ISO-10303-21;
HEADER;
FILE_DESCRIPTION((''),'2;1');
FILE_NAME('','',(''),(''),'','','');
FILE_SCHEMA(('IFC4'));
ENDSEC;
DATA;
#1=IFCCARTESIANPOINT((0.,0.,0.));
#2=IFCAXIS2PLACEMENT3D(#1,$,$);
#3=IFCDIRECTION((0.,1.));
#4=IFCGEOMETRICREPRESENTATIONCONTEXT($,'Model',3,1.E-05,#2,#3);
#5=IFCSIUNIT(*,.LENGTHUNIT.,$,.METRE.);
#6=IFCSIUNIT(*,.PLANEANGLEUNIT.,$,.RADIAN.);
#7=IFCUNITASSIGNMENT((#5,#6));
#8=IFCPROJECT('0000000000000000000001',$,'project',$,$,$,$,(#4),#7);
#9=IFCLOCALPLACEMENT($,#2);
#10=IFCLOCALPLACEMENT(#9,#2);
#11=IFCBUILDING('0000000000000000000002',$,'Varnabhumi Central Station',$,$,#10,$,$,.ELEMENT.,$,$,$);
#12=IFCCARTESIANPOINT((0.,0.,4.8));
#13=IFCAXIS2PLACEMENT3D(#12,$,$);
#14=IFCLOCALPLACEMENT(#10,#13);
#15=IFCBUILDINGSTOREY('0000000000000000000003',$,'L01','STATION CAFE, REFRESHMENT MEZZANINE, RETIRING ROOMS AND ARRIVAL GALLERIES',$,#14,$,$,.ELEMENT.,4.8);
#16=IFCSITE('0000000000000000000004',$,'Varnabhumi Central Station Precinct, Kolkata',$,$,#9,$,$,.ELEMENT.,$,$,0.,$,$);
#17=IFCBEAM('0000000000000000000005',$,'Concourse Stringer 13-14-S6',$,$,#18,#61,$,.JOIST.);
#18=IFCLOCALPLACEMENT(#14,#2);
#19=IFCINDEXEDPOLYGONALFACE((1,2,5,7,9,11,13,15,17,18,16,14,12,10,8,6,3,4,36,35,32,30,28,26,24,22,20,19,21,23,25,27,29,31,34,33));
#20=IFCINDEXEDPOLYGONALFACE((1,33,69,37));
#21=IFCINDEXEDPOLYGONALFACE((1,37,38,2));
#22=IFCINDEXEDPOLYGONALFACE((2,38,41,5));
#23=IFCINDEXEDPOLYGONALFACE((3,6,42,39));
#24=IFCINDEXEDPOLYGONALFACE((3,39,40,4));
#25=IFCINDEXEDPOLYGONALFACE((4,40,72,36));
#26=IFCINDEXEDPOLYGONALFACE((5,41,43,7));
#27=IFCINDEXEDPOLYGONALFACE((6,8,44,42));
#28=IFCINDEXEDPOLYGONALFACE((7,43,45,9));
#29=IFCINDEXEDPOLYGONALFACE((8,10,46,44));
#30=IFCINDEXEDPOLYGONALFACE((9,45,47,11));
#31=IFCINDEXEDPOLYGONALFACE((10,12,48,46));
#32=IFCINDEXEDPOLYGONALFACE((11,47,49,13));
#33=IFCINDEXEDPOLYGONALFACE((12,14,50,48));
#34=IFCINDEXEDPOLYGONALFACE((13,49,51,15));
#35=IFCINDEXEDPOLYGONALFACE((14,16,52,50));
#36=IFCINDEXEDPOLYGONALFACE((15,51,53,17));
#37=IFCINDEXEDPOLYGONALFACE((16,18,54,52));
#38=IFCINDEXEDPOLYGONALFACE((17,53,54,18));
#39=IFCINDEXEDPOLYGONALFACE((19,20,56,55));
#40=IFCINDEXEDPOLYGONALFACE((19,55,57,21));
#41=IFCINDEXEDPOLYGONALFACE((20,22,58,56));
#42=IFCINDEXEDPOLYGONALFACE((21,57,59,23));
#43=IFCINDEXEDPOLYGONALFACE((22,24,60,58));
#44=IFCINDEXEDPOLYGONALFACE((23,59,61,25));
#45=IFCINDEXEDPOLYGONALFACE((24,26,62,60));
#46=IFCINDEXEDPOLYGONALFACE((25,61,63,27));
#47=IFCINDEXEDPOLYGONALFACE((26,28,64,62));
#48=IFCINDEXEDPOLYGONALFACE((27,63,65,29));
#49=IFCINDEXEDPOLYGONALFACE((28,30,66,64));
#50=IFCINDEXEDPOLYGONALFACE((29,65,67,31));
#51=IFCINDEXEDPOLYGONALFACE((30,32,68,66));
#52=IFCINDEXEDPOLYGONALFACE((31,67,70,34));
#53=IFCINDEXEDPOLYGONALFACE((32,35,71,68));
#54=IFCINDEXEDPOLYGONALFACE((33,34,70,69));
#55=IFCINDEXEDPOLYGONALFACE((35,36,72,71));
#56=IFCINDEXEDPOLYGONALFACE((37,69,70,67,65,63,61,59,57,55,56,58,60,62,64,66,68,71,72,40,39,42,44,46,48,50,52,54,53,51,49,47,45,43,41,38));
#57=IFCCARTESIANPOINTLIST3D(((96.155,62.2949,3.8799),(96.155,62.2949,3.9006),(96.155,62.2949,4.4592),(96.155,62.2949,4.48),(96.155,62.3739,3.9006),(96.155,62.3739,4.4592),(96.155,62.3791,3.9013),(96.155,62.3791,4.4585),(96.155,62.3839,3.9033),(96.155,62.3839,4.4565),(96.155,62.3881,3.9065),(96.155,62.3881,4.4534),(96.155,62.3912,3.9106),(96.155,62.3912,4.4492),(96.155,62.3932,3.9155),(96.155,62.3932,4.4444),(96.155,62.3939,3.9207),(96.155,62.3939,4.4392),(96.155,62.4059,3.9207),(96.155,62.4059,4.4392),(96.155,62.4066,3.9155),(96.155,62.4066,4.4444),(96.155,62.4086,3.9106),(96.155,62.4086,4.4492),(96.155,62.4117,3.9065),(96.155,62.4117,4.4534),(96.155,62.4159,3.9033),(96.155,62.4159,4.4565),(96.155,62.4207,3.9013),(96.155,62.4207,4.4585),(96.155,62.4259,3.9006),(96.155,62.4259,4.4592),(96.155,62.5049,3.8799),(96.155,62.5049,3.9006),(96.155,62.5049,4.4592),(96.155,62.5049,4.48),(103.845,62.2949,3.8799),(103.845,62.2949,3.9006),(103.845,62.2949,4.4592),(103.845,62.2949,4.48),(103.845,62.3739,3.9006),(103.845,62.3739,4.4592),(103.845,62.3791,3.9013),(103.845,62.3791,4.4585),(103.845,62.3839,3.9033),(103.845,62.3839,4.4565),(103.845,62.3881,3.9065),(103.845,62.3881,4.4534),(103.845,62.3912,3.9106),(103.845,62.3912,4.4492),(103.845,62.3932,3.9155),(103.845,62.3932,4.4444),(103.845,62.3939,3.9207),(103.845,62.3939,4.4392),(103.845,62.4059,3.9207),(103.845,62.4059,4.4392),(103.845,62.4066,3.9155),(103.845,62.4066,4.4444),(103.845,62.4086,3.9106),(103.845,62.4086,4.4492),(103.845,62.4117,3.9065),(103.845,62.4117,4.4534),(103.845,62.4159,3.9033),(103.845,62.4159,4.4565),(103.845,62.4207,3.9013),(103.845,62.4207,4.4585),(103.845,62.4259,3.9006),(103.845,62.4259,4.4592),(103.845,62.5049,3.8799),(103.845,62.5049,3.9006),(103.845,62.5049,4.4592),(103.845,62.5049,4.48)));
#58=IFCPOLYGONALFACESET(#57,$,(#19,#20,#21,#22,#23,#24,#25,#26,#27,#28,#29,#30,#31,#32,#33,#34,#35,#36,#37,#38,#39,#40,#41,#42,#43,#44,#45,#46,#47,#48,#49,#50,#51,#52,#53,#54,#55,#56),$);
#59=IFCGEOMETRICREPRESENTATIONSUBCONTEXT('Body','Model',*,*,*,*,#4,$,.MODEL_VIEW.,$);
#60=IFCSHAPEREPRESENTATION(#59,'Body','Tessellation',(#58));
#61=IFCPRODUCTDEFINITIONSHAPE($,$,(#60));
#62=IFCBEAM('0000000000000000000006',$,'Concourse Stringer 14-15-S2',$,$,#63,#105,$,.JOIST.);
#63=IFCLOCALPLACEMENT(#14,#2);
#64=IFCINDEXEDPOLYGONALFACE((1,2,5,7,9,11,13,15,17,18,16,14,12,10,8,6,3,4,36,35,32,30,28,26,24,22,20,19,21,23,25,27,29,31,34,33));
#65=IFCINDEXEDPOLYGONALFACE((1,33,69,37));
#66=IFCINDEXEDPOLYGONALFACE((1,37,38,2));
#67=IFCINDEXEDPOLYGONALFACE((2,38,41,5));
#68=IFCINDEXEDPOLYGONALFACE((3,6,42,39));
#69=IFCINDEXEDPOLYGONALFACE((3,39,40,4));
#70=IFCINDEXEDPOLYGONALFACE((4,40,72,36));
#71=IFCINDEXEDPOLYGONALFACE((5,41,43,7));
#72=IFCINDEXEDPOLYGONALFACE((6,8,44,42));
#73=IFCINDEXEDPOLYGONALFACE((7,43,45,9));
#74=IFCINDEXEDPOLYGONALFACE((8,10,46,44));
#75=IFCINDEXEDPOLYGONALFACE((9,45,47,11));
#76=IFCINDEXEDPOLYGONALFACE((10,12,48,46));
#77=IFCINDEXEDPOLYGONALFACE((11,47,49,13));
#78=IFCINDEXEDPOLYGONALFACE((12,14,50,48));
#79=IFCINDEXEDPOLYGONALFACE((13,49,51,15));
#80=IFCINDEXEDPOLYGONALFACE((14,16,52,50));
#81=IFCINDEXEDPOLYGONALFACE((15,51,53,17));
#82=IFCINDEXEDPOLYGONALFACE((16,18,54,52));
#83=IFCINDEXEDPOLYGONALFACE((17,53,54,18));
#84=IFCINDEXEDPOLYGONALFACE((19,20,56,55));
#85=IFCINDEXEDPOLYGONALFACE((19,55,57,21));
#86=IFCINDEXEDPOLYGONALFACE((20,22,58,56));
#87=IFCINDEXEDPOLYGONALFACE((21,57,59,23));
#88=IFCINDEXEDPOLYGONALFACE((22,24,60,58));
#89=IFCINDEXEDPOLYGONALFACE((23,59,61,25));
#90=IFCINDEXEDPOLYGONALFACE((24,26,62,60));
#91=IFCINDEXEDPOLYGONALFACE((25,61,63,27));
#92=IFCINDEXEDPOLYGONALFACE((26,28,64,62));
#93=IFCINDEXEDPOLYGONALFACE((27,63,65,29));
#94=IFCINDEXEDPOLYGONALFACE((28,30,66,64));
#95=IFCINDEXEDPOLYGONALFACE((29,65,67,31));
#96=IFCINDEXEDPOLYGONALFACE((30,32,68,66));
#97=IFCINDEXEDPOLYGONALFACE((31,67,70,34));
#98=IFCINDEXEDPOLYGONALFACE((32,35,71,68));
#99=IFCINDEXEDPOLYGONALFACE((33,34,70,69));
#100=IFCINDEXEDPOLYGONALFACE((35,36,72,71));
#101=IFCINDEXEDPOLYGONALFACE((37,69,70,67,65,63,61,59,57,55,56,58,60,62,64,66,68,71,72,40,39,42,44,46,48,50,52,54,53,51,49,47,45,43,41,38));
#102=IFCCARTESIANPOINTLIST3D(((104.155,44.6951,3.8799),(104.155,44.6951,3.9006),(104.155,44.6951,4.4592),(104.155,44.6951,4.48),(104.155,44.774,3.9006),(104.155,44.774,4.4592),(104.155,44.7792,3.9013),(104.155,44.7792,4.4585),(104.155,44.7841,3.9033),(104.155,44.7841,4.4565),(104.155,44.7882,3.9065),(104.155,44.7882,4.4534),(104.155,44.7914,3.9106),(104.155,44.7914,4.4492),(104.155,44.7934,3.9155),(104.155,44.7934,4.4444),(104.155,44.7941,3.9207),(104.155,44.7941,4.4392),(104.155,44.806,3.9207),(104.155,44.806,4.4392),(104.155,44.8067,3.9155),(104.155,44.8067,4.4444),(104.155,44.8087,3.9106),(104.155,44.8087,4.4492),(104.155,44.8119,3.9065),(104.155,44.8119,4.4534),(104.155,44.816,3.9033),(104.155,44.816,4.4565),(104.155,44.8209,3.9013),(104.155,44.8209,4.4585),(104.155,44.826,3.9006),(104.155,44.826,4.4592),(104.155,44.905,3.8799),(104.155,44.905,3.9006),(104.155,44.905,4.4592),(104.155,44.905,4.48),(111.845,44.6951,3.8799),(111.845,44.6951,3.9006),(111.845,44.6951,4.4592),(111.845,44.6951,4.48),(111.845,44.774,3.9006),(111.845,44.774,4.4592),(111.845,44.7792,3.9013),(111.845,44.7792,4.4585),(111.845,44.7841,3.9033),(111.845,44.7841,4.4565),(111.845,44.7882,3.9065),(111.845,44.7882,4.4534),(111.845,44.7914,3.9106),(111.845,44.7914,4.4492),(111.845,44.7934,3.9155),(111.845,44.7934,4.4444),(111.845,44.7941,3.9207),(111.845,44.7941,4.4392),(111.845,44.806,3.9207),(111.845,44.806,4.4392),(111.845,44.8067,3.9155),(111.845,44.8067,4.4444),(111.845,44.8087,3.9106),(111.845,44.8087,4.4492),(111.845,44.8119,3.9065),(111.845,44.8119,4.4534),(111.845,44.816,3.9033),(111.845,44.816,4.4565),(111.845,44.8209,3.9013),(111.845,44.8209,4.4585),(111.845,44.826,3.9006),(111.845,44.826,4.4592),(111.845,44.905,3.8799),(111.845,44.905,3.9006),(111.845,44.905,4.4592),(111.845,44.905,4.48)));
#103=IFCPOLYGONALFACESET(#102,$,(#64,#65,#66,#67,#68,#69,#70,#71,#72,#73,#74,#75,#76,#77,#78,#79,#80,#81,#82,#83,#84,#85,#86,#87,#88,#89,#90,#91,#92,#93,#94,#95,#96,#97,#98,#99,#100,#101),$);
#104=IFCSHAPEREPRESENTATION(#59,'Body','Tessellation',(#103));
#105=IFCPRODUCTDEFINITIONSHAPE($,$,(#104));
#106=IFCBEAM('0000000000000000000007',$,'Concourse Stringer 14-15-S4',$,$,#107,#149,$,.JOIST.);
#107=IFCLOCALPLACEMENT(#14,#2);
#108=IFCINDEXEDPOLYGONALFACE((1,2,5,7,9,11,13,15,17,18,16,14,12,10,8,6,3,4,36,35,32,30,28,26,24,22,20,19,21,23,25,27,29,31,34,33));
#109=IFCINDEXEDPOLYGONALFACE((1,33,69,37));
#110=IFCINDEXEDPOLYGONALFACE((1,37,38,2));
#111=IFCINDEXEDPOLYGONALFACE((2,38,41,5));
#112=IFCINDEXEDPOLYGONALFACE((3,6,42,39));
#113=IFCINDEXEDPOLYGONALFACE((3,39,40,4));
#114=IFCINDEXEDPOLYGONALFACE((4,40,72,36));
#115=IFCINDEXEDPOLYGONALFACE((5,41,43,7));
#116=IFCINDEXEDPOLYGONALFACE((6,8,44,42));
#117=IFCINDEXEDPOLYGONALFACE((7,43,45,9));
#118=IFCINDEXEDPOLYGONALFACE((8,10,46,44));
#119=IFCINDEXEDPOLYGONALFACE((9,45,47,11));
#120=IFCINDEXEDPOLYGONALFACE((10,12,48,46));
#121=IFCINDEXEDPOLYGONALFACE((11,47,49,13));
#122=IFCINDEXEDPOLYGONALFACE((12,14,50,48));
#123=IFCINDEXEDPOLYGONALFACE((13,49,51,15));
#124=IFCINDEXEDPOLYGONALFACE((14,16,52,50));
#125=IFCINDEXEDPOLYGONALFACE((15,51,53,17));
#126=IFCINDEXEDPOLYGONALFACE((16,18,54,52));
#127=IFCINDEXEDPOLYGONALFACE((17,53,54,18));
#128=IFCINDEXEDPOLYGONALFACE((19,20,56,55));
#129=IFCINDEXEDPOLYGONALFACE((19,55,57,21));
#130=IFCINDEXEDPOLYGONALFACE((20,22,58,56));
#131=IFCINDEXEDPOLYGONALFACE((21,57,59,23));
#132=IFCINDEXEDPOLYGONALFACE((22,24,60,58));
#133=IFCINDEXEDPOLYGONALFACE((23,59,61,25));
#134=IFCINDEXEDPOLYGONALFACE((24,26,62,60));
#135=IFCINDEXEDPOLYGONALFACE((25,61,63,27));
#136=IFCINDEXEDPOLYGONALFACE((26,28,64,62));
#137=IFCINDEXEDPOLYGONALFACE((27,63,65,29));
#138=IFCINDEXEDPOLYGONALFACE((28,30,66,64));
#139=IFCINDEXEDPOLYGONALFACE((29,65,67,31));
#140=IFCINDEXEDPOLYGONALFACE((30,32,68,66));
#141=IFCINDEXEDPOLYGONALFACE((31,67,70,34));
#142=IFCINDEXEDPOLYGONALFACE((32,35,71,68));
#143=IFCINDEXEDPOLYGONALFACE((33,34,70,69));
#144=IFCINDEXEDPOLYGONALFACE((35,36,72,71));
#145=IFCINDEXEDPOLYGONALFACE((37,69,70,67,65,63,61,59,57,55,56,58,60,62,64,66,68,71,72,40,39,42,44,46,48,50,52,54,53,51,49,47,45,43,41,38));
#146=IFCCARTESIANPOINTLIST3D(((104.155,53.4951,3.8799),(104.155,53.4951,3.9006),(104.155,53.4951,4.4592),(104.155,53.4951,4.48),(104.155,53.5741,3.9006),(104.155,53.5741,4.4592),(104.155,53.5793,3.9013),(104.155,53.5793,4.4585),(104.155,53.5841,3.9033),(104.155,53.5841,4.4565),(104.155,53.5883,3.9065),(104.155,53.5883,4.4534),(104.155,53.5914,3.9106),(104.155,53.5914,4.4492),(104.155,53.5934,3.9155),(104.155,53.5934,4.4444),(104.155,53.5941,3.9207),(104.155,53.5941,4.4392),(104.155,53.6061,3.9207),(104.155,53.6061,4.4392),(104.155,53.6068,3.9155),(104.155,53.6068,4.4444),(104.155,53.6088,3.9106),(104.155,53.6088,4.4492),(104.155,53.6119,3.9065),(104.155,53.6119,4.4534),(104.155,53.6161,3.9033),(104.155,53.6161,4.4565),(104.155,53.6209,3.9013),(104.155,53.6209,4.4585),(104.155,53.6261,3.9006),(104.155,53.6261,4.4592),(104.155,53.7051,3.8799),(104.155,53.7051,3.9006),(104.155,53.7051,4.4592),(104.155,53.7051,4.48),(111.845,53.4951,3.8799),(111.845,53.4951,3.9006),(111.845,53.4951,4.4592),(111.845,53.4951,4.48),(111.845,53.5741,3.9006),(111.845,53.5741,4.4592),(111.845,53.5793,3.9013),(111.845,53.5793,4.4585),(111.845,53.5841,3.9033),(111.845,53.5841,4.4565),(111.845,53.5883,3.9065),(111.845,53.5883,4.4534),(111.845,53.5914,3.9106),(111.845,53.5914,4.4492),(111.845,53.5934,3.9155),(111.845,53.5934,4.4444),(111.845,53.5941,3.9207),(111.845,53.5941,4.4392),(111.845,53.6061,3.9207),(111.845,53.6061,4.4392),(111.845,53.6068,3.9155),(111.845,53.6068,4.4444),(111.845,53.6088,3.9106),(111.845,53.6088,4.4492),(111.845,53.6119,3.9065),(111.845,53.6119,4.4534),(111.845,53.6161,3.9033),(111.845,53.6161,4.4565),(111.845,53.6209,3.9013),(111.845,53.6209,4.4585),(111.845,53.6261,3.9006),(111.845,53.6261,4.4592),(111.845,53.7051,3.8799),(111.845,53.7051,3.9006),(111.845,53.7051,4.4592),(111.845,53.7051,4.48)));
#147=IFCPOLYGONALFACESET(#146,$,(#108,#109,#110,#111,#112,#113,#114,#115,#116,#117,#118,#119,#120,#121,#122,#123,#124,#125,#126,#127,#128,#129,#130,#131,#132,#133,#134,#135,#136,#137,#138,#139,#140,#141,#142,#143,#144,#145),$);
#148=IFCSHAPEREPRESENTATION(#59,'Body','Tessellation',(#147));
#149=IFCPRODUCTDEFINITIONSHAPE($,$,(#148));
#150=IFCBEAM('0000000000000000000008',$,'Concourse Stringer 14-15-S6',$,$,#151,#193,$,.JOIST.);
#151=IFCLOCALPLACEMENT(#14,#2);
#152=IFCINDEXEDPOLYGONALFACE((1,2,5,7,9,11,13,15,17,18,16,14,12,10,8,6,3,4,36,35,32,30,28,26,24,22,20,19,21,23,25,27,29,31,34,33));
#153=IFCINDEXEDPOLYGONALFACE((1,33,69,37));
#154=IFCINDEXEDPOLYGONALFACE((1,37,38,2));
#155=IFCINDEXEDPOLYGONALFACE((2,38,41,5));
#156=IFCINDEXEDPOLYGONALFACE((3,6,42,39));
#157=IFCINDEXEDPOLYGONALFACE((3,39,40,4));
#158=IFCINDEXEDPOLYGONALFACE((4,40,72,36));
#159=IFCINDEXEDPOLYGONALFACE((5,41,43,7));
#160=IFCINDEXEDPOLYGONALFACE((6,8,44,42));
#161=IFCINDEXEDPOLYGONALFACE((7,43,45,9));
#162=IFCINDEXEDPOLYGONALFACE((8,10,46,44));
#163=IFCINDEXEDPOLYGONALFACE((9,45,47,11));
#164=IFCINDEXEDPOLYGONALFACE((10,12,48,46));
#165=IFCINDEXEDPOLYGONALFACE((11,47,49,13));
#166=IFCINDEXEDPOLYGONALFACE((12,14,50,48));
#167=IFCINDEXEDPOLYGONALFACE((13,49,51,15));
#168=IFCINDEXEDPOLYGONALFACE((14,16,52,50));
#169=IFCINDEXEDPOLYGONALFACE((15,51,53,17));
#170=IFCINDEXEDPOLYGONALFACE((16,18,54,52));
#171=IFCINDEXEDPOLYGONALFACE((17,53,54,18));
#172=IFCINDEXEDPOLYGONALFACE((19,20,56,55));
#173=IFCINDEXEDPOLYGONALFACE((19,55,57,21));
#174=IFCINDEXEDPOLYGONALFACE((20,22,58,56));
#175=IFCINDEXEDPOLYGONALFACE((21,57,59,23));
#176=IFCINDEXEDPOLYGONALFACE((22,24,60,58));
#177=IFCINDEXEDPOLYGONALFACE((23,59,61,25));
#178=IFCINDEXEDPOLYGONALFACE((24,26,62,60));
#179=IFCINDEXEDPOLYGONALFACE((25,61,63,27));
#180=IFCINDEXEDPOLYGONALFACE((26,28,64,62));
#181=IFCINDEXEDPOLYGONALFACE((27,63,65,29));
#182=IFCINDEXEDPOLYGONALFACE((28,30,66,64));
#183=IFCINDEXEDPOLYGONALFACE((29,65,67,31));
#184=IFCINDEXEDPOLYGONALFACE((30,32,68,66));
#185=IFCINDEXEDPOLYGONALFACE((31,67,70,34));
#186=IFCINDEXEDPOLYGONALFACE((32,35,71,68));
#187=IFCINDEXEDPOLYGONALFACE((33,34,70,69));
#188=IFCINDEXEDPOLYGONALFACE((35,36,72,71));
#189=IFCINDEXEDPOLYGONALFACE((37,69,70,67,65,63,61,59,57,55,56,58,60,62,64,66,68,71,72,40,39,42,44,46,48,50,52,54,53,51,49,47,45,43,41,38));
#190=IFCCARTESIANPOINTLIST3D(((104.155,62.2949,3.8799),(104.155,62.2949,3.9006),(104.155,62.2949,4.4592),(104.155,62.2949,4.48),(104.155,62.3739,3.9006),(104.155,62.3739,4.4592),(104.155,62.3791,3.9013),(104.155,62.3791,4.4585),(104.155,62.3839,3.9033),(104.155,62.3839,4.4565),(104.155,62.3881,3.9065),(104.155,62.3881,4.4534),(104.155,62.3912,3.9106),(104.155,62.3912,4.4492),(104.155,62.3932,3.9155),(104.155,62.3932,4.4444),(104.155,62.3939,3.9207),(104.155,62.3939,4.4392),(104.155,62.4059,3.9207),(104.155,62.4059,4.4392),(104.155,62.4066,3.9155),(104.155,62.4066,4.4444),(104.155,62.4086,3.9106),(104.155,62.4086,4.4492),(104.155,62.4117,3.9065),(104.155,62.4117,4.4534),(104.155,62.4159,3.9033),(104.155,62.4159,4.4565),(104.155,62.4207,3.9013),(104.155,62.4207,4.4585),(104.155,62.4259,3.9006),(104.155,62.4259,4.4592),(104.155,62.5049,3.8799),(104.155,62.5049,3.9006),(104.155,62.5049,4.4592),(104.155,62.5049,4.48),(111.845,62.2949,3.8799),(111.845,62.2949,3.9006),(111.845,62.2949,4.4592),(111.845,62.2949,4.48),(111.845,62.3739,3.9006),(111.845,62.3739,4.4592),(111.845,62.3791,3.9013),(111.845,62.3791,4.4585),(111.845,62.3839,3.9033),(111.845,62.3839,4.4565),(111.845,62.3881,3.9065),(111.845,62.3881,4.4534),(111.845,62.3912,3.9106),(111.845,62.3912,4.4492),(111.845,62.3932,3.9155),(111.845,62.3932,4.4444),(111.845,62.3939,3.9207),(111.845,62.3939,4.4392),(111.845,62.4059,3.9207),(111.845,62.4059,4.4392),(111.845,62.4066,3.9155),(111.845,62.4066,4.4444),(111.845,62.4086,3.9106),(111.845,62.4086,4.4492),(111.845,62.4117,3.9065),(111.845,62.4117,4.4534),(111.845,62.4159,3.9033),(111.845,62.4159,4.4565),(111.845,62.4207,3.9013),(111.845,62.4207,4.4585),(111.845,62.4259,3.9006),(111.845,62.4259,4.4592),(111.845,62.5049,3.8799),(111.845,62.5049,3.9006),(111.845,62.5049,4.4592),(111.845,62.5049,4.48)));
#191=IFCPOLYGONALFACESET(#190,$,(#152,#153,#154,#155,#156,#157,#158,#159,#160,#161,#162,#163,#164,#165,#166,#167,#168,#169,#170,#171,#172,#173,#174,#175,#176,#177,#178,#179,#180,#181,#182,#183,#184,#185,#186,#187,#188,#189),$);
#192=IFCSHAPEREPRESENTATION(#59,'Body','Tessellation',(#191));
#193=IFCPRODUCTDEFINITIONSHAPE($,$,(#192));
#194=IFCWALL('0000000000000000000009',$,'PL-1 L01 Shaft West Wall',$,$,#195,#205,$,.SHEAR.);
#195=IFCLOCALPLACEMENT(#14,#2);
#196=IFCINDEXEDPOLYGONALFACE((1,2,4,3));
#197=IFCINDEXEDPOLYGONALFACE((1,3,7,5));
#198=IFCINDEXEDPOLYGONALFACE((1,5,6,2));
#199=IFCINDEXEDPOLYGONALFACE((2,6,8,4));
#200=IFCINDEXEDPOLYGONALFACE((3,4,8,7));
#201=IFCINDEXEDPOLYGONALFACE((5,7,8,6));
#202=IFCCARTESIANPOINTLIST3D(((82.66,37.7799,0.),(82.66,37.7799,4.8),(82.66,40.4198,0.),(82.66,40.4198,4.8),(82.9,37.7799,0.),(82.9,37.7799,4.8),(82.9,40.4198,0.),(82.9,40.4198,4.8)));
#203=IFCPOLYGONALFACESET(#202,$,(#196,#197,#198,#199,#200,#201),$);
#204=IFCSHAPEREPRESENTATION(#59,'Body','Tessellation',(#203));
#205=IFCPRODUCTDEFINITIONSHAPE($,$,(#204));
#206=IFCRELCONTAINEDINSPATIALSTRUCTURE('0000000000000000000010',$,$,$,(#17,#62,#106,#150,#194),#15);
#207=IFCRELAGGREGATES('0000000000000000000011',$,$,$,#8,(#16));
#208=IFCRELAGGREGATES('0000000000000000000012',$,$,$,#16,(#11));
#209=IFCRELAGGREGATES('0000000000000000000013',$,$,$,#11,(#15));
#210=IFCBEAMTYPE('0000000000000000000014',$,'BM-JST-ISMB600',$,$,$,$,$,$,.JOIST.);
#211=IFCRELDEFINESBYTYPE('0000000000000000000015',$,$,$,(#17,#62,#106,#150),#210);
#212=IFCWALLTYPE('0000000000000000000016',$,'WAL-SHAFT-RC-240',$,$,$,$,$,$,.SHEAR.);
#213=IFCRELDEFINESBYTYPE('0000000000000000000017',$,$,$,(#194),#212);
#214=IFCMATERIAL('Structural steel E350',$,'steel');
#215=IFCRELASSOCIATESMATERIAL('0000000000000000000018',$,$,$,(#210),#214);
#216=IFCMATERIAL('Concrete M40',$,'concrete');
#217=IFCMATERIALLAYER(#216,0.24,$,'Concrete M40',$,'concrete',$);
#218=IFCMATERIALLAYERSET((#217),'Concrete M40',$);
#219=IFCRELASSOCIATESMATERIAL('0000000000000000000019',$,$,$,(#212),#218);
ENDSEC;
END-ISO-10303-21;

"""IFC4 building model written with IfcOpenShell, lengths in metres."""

from ifc_helpers import new_model, si_unit, direction, frame, frame_2d, origin, origin_2d, place, context, subcontext, project, spatial, rectangle, i_section, extrude, material, layer, layer_set, material_profile, profile_set, type_object, element, save


model = new_model("IFC4")

# Units and contexts
model_context = context("Model", 3, precision=1e-05, world=origin(), true_north=direction((0.0, 1.0)))
body_context = subcontext(model_context, "Body", "Model", "MODEL_VIEW")
ifc_project = project(units=[si_unit("LENGTHUNIT", "METRE"), si_unit("PLANEANGLEUNIT", "RADIAN")], contexts=[model_context])

# Site, building, storey
site_placement = place(None, origin())
site = spatial("IfcSite", under=ifc_project, at=site_placement, Name="Varnabhumi Central Station Precinct, Kolkata", CompositionType="ELEMENT", RefElevation=0.0)
building_placement = place(site_placement, origin())
building = spatial("IfcBuilding", under=site, at=building_placement, Name="Varnabhumi Central Station", CompositionType="ELEMENT")
storey_placement = place(building_placement, frame((0.0, 0.0, 4.8)))
storey = spatial("IfcBuildingStorey", under=building, at=storey_placement, Name="L01", Description="STATION CAFE, REFRESHMENT MEZZANINE, RETIRING ROOMS AND ARRIVAL GALLERIES", CompositionType="ELEMENT", Elevation=4.8)

# Beams
ifc_material_1 = material(Name="Structural steel E350", Category="steel")
ifc_material_profile_1 = material_profile(ifc_material_1, i_section(OverallWidth=0.21, OverallDepth=0.6001, WebThickness=0.012, FlangeThickness=0.0208, FilletRadius=0.02, at=origin_2d()), Name="Structural steel E350", Category="steel")
ifc_profile_set_1 = profile_set([ifc_material_profile_1], Name="Structural steel E350")
beam_type_1 = type_object("IfcBeamType", Name="BM-JST-ISMB600", PredefinedType="JOIST", material=ifc_profile_set_1)
for number, where, z_axis, x_axis, name in (
    (1, (96.155, 62.3999, 4.1799), (1.0, 0.0, 0.0), (0.0, 1.0, 0.0), "Concourse Stringer 13-14-S6"),
    (2, (104.155, 44.8, 4.1799), (1.0, 0.0, 0.0), (0.0, 1.0, 0.0), "Concourse Stringer 14-15-S2"),
    (3, (104.155, 53.6001, 4.1799), (1.0, 0.0, 0.0), (0.0, 1.0, 0.0), "Concourse Stringer 14-15-S4"),
    (4, (104.155, 62.3999, 4.1799), (1.0, 0.0, 0.0), (0.0, 1.0, 0.0), "Concourse Stringer 14-15-S6"),
):
    element("IfcBeam", number, at=place(storey_placement, frame(where, z_axis=z_axis, x_axis=x_axis)), inside=storey, type_object=beam_type_1, Name=name, PredefinedType="JOIST", context=body_context, shape_type="SweptSolid", body=[
        extrude(i_section(OverallWidth=0.21, OverallDepth=0.6001, WebThickness=0.012, FlangeThickness=0.0208, FilletRadius=0.02, at=origin_2d()), origin(), (0.0, 0.0, 1.0), 7.6899),
    ])

# Wall
ifc_material_2 = material(Name="Concrete M40", Category="concrete")
ifc_layer = layer(ifc_material_2, 0.24, Name="Concrete M40", Category="concrete")
ifc_layer_set = layer_set([ifc_layer], Name="Concrete M40")
wall_type = type_object("IfcWallType", Name="WAL-SHAFT-RC-240", PredefinedType="SHEAR", material=ifc_layer_set)
wall_1_placement = place(storey_placement, frame((82.78, 37.78, 0.0), z_axis=(0.0, 0.0, 1.0), x_axis=(0.0, 1.0, 0.0)))
element("IfcWall", 5, at=wall_1_placement, inside=storey, type_object=wall_type, Name="PL-1 L01 Shaft West Wall", PredefinedType="SHEAR", context=body_context, shape_type="SweptSolid", body=[
    extrude(rectangle(XDim=2.6399, YDim=0.24, at=frame_2d((1.3198, 0.0))), origin(), (0.0, 0.0, 1.0), 4.8),
])

save(model, "model.ifc")
